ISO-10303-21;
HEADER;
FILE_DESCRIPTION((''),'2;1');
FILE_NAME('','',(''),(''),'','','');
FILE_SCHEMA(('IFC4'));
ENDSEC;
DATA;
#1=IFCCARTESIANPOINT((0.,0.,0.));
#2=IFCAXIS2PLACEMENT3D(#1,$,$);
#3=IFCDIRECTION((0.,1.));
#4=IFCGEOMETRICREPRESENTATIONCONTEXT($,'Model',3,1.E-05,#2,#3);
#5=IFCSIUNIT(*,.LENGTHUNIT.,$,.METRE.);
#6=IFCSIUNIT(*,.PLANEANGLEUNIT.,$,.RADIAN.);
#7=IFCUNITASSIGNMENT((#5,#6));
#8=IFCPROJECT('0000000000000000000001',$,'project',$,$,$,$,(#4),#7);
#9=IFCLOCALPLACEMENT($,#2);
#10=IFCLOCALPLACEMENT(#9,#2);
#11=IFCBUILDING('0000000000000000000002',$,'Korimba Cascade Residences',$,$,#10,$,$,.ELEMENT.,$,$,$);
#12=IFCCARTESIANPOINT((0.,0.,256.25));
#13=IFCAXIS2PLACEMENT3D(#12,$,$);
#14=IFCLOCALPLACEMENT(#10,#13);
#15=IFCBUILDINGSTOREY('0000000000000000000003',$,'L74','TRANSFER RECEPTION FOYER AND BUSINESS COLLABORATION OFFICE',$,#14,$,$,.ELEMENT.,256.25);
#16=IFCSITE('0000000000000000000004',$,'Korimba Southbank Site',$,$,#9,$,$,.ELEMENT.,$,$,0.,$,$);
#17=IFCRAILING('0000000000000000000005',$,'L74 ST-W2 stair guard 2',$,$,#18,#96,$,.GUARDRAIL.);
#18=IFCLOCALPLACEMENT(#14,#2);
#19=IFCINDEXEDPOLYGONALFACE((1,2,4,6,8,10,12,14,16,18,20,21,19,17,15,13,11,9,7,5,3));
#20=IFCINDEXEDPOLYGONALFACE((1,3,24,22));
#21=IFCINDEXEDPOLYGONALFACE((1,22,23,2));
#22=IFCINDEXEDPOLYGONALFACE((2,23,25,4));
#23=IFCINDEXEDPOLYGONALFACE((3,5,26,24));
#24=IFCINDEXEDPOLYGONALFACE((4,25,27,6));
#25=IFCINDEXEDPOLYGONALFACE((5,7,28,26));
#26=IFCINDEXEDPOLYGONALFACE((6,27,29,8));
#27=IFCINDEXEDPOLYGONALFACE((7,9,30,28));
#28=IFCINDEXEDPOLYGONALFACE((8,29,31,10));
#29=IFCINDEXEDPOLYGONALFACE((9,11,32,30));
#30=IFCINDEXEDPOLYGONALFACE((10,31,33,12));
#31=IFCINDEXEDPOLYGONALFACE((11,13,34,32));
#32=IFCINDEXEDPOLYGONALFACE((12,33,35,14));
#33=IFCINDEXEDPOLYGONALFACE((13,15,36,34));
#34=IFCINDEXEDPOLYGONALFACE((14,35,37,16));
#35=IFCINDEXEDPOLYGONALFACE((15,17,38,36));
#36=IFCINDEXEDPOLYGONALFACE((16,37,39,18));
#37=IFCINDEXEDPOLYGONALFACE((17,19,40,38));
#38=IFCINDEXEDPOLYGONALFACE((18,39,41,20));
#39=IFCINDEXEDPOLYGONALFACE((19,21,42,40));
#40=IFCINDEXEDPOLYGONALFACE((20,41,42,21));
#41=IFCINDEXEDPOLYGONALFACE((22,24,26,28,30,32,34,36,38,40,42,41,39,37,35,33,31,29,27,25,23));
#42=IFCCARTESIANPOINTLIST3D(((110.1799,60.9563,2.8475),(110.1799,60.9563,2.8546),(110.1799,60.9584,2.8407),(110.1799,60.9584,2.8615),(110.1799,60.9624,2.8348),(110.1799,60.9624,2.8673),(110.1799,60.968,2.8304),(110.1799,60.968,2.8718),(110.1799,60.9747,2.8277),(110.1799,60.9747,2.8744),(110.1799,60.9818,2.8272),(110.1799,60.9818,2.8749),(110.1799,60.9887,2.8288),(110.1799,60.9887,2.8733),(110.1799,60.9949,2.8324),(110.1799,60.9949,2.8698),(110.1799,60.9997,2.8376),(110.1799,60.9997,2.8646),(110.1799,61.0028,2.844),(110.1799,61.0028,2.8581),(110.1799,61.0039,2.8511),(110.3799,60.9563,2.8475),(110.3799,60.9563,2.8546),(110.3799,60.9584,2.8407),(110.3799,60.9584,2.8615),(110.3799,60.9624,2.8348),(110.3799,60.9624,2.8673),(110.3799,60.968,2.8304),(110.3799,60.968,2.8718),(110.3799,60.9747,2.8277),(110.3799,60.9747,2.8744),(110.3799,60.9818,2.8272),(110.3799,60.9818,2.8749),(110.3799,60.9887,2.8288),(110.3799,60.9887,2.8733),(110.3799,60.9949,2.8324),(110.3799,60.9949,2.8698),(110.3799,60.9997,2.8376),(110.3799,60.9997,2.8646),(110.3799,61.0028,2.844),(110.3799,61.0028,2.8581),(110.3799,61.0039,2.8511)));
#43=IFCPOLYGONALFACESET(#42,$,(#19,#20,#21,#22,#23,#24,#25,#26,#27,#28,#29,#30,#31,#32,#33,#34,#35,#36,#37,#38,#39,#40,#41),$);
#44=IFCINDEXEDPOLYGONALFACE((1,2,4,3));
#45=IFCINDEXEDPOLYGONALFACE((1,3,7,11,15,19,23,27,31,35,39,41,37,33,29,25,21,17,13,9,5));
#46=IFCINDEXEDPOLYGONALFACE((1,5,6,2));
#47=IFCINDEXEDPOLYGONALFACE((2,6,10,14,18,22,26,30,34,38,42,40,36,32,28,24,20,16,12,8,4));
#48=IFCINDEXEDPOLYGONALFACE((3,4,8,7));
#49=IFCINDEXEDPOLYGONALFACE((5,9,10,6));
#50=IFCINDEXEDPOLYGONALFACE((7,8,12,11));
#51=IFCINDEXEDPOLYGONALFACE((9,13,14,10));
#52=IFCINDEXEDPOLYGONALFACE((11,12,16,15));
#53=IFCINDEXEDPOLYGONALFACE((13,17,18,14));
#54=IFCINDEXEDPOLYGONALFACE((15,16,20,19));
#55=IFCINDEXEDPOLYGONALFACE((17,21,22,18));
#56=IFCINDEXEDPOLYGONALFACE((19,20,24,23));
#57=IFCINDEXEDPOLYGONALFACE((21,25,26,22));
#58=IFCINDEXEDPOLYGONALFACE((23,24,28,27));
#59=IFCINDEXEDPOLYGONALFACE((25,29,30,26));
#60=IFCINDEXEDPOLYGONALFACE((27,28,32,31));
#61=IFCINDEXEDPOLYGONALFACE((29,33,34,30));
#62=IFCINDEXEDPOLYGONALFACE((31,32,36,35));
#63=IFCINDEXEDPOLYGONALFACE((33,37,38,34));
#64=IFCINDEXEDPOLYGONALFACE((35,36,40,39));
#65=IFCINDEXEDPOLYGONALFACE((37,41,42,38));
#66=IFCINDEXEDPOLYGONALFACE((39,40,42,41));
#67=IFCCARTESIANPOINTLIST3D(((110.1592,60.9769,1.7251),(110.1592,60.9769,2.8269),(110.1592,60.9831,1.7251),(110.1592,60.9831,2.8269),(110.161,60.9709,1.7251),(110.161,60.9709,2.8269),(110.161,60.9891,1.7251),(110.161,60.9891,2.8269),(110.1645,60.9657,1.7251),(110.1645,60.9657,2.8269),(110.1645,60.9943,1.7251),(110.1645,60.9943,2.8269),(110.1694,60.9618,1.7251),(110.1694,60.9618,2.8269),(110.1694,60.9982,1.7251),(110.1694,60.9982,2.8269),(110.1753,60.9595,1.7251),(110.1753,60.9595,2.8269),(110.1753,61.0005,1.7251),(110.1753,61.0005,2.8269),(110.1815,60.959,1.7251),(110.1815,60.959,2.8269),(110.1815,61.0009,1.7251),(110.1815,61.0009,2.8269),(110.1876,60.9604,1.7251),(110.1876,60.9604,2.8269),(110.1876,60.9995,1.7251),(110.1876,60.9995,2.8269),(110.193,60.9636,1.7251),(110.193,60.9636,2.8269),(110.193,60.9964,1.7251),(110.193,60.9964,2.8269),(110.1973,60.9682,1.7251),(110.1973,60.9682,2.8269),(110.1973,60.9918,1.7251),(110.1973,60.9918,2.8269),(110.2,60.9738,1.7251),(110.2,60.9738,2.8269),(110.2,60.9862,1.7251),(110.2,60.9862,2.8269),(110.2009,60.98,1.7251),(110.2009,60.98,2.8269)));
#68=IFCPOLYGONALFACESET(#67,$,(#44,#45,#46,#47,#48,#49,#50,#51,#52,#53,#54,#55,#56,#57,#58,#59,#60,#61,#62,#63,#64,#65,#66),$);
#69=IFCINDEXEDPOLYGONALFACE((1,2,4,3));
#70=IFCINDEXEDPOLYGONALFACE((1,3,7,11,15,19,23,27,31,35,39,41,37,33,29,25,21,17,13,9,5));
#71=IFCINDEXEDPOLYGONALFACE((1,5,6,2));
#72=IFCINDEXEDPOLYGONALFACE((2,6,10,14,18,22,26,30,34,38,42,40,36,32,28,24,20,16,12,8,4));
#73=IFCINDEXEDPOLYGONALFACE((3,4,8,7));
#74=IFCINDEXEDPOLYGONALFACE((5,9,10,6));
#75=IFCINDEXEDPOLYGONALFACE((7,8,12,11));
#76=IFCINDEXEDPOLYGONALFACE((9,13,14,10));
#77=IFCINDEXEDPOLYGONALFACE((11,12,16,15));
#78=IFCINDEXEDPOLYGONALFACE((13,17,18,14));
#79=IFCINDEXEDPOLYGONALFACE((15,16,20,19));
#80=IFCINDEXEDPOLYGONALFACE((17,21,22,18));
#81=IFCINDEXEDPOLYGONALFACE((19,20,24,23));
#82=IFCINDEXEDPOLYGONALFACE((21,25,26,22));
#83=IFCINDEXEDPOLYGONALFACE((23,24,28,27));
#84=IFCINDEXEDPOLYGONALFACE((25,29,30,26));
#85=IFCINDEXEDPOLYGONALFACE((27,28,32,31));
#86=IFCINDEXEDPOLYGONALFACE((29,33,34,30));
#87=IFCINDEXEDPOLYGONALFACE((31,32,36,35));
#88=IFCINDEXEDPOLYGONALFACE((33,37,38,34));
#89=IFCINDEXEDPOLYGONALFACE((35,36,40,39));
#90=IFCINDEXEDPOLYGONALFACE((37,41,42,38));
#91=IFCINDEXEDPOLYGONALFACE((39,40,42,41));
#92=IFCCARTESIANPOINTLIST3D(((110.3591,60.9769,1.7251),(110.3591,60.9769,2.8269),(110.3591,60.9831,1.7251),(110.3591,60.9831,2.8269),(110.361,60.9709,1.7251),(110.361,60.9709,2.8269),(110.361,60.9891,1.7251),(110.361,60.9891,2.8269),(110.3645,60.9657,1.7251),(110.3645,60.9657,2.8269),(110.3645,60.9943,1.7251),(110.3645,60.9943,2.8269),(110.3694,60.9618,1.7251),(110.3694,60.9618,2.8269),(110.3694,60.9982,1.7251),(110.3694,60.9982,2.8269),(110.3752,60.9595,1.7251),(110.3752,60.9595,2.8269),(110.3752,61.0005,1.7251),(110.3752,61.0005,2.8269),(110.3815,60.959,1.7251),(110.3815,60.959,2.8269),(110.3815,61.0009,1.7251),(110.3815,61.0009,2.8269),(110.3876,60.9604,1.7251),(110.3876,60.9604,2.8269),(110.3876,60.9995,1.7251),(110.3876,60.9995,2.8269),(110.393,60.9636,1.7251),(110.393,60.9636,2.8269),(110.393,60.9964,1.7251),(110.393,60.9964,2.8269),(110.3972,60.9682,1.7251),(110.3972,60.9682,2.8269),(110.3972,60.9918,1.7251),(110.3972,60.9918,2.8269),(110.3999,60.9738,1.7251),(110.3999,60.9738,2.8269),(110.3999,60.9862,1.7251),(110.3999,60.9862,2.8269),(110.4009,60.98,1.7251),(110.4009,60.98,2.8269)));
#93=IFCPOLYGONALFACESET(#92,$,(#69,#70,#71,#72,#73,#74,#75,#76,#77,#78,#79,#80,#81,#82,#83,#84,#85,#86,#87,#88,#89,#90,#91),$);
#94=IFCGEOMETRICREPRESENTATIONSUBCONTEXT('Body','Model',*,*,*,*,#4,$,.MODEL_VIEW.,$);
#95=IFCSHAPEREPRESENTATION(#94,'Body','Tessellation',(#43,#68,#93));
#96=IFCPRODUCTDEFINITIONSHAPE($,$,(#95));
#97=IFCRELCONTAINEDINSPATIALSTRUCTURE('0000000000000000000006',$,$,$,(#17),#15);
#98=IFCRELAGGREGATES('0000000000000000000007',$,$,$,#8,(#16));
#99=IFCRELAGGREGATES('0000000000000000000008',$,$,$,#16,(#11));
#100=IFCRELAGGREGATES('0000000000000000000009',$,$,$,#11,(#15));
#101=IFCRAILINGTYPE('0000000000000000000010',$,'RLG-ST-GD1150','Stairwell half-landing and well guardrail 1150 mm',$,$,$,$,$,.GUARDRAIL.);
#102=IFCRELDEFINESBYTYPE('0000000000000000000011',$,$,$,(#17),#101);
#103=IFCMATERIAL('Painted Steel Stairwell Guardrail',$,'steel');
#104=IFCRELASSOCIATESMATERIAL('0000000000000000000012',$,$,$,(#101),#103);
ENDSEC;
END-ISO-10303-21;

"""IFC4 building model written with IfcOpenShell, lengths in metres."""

from ifc_helpers import new_model, si_unit, direction, frame, origin, origin_2d, place, context, subcontext, project, spatial, circle, extrude, material, type_object, element, save


model = new_model("IFC4")

# Units and contexts
model_context = context("Model", 3, precision=1e-05, world=origin(), true_north=direction((0.0, 1.0)))
body_context = subcontext(model_context, "Body", "Model", "MODEL_VIEW")
ifc_project = project(units=[si_unit("LENGTHUNIT", "METRE"), si_unit("PLANEANGLEUNIT", "RADIAN")], contexts=[model_context])

# Site, building, storey
site_placement = place(None, origin())
site = spatial("IfcSite", under=ifc_project, at=site_placement, Name="Korimba Southbank Site", CompositionType="ELEMENT", RefElevation=0.0)
building_placement = place(site_placement, origin())
building = spatial("IfcBuilding", under=site, at=building_placement, Name="Korimba Cascade Residences", CompositionType="ELEMENT")
storey_placement = place(building_placement, frame((0.0, 0.0, 256.25)))
storey = spatial("IfcBuildingStorey", under=building, at=storey_placement, Name="L74", Description="TRANSFER RECEPTION FOYER AND BUSINESS COLLABORATION OFFICE", CompositionType="ELEMENT", Elevation=256.25)

# Railing
ifc_material_1 = material(Name="Painted Steel Stairwell Guardrail", Category="steel")
railing_type_1 = type_object("IfcRailingType", Name="RLG-ST-GD1150", Description="Stairwell half-landing and well guardrail 1150 mm", PredefinedType="GUARDRAIL", material=ifc_material_1)
railing_1_placement = place(storey_placement, frame((110.1799, 60.98, 1.7251)))
element("IfcRailing", 1, at=railing_1_placement, inside=storey, type_object=railing_type_1, Name="L74 ST-W2 stair guard 2", PredefinedType="GUARDRAIL", context=body_context, shape_type="SweptSolid", body=[
    extrude(circle(Radius=0.0239, at=origin_2d()), frame((0.0, 0.0, 1.126), z_axis=(1.0, 0.0, 0.0), x_axis=(0.0, 1.0, 0.0)), (0.0, 0.0, 1.0), 0.2),
    extrude(circle(Radius=0.021, at=origin_2d()), origin(), (0.0, 0.0, 1.0), 1.1018),
    extrude(circle(Radius=0.021, at=origin_2d()), frame((0.2, 0.0, 0.0)), (0.0, 0.0, 1.0), 1.1018),
])

save(model, "model.ifc")
